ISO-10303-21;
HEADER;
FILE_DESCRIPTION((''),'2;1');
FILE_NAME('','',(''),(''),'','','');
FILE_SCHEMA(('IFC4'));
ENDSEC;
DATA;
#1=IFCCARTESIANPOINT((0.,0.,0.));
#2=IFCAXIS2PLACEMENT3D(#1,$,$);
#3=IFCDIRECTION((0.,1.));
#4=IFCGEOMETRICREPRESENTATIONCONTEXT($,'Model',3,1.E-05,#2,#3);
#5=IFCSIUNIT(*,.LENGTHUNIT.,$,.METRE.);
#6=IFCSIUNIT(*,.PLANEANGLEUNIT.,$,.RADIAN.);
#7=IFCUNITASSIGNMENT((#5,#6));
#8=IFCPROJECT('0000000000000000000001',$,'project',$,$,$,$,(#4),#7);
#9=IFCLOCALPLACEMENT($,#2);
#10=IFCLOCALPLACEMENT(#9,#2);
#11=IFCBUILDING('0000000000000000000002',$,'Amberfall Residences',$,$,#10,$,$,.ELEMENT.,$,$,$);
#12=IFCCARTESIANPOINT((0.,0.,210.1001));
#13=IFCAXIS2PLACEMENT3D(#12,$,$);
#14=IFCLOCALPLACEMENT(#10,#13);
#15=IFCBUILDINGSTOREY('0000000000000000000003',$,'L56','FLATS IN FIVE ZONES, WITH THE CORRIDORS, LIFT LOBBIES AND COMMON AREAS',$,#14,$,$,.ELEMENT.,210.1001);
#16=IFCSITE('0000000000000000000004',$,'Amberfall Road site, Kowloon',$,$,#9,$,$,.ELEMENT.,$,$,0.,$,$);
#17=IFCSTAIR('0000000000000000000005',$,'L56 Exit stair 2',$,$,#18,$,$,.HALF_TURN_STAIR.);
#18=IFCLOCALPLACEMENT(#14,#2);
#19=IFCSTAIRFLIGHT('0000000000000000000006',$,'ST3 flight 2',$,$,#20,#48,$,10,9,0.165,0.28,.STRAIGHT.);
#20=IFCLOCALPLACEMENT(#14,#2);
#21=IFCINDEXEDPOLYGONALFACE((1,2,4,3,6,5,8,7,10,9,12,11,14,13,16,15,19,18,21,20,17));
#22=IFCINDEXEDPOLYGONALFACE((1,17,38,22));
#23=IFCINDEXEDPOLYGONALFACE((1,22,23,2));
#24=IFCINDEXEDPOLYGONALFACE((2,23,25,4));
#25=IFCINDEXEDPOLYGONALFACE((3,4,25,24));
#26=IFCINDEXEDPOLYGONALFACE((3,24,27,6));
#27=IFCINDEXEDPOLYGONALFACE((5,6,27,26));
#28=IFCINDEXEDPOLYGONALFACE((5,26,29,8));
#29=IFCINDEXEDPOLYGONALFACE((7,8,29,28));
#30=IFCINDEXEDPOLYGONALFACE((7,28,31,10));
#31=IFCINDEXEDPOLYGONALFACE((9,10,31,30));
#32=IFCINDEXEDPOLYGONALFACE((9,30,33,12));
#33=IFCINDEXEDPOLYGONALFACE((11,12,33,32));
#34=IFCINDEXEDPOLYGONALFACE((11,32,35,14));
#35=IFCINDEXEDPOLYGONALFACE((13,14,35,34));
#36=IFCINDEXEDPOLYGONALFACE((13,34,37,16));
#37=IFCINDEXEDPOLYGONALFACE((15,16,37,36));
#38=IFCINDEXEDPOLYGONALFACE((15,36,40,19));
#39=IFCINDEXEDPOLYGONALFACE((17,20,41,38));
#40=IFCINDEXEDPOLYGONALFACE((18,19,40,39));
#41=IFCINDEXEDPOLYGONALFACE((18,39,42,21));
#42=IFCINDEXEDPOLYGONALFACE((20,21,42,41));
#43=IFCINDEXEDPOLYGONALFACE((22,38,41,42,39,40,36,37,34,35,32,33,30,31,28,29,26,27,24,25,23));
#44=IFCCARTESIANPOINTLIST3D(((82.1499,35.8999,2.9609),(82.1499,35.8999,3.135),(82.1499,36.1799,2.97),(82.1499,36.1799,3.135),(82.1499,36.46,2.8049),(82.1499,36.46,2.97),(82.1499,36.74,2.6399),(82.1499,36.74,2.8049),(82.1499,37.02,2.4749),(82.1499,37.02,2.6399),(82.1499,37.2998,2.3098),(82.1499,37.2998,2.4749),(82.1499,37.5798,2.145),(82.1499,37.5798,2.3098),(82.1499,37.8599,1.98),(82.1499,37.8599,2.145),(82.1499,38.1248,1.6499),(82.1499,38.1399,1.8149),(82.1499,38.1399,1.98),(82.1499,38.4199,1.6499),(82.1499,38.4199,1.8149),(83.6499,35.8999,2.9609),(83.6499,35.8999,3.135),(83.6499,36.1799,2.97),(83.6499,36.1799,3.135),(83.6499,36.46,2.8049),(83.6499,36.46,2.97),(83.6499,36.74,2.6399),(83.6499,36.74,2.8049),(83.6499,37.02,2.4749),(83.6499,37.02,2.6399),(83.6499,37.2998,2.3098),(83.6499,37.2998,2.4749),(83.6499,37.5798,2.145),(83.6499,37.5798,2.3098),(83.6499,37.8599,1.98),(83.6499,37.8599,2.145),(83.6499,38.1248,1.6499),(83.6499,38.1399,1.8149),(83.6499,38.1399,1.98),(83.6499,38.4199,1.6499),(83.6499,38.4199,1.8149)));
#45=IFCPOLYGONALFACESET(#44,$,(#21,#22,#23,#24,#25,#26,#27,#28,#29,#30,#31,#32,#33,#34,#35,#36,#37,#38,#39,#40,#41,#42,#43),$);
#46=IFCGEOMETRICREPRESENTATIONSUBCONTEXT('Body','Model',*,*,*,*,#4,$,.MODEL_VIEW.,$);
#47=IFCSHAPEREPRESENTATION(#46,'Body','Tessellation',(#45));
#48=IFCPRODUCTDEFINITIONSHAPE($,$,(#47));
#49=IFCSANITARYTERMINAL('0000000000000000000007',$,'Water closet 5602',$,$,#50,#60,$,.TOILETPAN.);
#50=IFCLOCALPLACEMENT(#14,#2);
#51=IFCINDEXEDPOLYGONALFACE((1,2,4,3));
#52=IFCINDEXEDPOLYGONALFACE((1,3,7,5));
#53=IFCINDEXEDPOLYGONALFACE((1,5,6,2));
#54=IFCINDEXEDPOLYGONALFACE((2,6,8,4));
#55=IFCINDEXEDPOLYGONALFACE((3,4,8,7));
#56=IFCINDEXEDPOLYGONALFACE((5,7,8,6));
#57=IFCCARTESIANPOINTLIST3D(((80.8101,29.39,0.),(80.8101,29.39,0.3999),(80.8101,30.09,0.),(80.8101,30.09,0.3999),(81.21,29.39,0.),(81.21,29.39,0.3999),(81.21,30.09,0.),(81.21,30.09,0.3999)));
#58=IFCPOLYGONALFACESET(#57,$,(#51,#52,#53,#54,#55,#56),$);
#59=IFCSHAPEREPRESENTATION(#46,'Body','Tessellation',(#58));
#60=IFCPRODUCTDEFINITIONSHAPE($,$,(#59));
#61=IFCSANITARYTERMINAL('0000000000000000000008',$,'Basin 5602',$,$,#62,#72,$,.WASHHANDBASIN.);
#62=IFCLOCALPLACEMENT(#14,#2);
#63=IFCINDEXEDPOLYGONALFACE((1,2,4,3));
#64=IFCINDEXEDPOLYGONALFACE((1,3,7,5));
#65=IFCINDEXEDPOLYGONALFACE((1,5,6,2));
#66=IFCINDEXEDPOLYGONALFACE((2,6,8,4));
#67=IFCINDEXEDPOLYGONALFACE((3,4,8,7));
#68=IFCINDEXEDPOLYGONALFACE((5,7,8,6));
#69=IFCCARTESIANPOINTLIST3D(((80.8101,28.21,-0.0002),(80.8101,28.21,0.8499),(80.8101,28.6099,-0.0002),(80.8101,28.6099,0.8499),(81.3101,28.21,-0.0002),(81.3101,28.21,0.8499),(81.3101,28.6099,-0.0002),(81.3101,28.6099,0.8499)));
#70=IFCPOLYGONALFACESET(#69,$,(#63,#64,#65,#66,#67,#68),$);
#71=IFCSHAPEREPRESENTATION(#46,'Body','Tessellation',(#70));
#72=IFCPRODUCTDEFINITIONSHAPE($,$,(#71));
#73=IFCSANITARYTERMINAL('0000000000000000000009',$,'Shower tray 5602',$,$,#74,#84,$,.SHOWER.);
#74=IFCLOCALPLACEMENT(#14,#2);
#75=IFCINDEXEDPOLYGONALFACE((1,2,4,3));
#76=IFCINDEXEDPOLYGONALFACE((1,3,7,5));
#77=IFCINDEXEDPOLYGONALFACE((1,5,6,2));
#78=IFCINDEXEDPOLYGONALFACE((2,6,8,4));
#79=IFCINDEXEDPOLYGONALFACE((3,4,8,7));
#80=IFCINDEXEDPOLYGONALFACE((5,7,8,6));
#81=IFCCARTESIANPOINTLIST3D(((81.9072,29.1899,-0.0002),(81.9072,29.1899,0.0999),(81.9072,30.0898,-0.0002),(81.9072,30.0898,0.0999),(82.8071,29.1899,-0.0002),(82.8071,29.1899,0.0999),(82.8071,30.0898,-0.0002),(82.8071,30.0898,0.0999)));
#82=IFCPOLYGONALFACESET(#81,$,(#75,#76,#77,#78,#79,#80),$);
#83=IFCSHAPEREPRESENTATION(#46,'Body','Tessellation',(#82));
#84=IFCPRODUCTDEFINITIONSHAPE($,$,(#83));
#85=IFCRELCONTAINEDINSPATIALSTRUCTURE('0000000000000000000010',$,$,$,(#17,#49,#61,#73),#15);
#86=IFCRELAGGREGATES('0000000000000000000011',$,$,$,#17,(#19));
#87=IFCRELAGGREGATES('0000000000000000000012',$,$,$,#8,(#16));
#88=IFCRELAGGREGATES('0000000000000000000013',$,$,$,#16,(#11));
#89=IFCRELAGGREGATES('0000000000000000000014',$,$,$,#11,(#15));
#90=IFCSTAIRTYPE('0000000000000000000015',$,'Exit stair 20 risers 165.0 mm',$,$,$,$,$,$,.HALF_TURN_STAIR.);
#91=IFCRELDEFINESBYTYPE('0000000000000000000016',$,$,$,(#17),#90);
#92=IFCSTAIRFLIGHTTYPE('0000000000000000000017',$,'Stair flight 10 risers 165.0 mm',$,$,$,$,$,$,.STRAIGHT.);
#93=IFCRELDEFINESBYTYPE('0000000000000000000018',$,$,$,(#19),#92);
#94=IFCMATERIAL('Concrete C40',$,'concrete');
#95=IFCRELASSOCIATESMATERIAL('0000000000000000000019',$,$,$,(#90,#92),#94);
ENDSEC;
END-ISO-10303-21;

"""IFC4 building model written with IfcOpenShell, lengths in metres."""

from ifc_helpers import new_model, si_unit, direction, frame, origin, origin_2d, place, context, subcontext, project, spatial, polyline, rectangle, outline, extrude, material, type_object, element, aggregate, save


model = new_model("IFC4")

# Units and contexts
model_context = context("Model", 3, precision=1e-05, world=origin(), true_north=direction((0.0, 1.0)))
body_context = subcontext(model_context, "Body", "Model", "MODEL_VIEW")
ifc_project = project(units=[si_unit("LENGTHUNIT", "METRE"), si_unit("PLANEANGLEUNIT", "RADIAN")], contexts=[model_context])

# Site, building, storey
site_placement = place(None, origin())
site = spatial("IfcSite", under=ifc_project, at=site_placement, Name="Amberfall Road site, Kowloon", CompositionType="ELEMENT", RefElevation=0.0)
building_placement = place(site_placement, origin())
building = spatial("IfcBuilding", under=site, at=building_placement, Name="Amberfall Residences", CompositionType="ELEMENT")
storey_placement = place(building_placement, frame((0.0, 0.0, 210.1001)))
storey = spatial("IfcBuildingStorey", under=building, at=storey_placement, Name="L56", Description="FLATS IN FIVE ZONES, WITH THE CORRIDORS, LIFT LOBBIES AND COMMON AREAS", CompositionType="ELEMENT", Elevation=210.1001)

# Stair, stair flight
ifc_material_1 = material(Name="Concrete C40", Category="concrete")
stair_type = type_object("IfcStairType", Name="Exit stair 20 risers 165.0 mm", PredefinedType="HALF_TURN_STAIR", material=ifc_material_1)
stair_placement = place(storey_placement, origin())
stair = element("IfcStair", 1, at=stair_placement, inside=storey, type_object=stair_type, Name="L56 Exit stair 2", PredefinedType="HALF_TURN_STAIR")
stair_flight_type = type_object("IfcStairFlightType", Name="Stair flight 10 risers 165.0 mm", PredefinedType="STRAIGHT", material=ifc_material_1)
stair_flight_1_placement = place(storey_placement, frame((82.8999, 38.4199, 1.6499), z_axis=(0.0, 0.0, 1.0), x_axis=(0.0, -1.0, 0.0)))
stair_flight_1 = element("IfcStairFlight", 2, at=stair_flight_1_placement, type_object=stair_flight_type, Name="ST3 flight 2", NumberOfRisers=10, NumberOfTreads=9, PredefinedType="STRAIGHT", RiserHeight=0.165, TreadLength=0.28, context=body_context, shape_type="SweptSolid", body=[
    extrude(outline(polyline([(0.0, 0.0), (0.0, 0.165), (0.28, 0.165), (0.28, 0.3301), (0.5601, 0.3301), (0.5601, 0.4951), (0.8401, 0.4951), (0.8401, 0.6599), (1.1201, 0.6599), (1.1201, 0.825), (1.3999, 0.825), (1.3999, 0.99), (1.6799, 0.99), (1.6799, 1.155), (1.96, 1.155), (1.96, 1.3201), (2.24, 1.3201), (2.24, 1.4851), (2.52, 1.4851), (2.52, 1.6499), (2.52, 1.311), (0.2952, 0.0), (0.0, 0.0)])), frame((0.0, 0.75, 0.0), z_axis=(0.0, -1.0, 0.0), x_axis=(1.0, 0.0, 0.0)), (0.0, 0.0, 1.0), 1.5),
])
aggregate(stair, [stair_flight_1])

# Sanitary terminals
sanitary_terminal_1_placement = place(storey_placement, frame((81.01, 29.74, 0.0), z_axis=(0.0, 0.0, 1.0), x_axis=(1.0, 0.0, 0.0)))
element("IfcSanitaryTerminal", 3, at=sanitary_terminal_1_placement, inside=storey, Name="Water closet 5602", PredefinedType="TOILETPAN", context=body_context, shape_type="SweptSolid", body=[
    extrude(rectangle(XDim=0.3999, YDim=0.7, at=origin_2d()), origin(), (0.0, 0.0, 1.0), 0.3999),
])
sanitary_terminal_2_placement = place(storey_placement, frame((81.0601, 28.4099, -0.0002), z_axis=(0.0, 0.0, 1.0), x_axis=(1.0, 0.0, 0.0)))
element("IfcSanitaryTerminal", 4, at=sanitary_terminal_2_placement, inside=storey, Name="Basin 5602", PredefinedType="WASHHANDBASIN", context=body_context, shape_type="SweptSolid", body=[
    extrude(rectangle(XDim=0.5, YDim=0.3999, at=origin_2d()), origin(), (0.0, 0.0, 1.0), 0.8501),
])
sanitary_terminal_3_placement = place(storey_placement, frame((82.3572, 29.6399, -0.0002), z_axis=(0.0, 0.0, 1.0), x_axis=(1.0, 0.0, 0.0)))
element("IfcSanitaryTerminal", 5, at=sanitary_terminal_3_placement, inside=storey, Name="Shower tray 5602", PredefinedType="SHOWER", context=body_context, shape_type="SweptSolid", body=[
    extrude(rectangle(XDim=0.8999, YDim=0.8999, at=origin_2d()), origin(), (0.0, 0.0, 1.0), 0.1001),
])

save(model, "model.ifc")
